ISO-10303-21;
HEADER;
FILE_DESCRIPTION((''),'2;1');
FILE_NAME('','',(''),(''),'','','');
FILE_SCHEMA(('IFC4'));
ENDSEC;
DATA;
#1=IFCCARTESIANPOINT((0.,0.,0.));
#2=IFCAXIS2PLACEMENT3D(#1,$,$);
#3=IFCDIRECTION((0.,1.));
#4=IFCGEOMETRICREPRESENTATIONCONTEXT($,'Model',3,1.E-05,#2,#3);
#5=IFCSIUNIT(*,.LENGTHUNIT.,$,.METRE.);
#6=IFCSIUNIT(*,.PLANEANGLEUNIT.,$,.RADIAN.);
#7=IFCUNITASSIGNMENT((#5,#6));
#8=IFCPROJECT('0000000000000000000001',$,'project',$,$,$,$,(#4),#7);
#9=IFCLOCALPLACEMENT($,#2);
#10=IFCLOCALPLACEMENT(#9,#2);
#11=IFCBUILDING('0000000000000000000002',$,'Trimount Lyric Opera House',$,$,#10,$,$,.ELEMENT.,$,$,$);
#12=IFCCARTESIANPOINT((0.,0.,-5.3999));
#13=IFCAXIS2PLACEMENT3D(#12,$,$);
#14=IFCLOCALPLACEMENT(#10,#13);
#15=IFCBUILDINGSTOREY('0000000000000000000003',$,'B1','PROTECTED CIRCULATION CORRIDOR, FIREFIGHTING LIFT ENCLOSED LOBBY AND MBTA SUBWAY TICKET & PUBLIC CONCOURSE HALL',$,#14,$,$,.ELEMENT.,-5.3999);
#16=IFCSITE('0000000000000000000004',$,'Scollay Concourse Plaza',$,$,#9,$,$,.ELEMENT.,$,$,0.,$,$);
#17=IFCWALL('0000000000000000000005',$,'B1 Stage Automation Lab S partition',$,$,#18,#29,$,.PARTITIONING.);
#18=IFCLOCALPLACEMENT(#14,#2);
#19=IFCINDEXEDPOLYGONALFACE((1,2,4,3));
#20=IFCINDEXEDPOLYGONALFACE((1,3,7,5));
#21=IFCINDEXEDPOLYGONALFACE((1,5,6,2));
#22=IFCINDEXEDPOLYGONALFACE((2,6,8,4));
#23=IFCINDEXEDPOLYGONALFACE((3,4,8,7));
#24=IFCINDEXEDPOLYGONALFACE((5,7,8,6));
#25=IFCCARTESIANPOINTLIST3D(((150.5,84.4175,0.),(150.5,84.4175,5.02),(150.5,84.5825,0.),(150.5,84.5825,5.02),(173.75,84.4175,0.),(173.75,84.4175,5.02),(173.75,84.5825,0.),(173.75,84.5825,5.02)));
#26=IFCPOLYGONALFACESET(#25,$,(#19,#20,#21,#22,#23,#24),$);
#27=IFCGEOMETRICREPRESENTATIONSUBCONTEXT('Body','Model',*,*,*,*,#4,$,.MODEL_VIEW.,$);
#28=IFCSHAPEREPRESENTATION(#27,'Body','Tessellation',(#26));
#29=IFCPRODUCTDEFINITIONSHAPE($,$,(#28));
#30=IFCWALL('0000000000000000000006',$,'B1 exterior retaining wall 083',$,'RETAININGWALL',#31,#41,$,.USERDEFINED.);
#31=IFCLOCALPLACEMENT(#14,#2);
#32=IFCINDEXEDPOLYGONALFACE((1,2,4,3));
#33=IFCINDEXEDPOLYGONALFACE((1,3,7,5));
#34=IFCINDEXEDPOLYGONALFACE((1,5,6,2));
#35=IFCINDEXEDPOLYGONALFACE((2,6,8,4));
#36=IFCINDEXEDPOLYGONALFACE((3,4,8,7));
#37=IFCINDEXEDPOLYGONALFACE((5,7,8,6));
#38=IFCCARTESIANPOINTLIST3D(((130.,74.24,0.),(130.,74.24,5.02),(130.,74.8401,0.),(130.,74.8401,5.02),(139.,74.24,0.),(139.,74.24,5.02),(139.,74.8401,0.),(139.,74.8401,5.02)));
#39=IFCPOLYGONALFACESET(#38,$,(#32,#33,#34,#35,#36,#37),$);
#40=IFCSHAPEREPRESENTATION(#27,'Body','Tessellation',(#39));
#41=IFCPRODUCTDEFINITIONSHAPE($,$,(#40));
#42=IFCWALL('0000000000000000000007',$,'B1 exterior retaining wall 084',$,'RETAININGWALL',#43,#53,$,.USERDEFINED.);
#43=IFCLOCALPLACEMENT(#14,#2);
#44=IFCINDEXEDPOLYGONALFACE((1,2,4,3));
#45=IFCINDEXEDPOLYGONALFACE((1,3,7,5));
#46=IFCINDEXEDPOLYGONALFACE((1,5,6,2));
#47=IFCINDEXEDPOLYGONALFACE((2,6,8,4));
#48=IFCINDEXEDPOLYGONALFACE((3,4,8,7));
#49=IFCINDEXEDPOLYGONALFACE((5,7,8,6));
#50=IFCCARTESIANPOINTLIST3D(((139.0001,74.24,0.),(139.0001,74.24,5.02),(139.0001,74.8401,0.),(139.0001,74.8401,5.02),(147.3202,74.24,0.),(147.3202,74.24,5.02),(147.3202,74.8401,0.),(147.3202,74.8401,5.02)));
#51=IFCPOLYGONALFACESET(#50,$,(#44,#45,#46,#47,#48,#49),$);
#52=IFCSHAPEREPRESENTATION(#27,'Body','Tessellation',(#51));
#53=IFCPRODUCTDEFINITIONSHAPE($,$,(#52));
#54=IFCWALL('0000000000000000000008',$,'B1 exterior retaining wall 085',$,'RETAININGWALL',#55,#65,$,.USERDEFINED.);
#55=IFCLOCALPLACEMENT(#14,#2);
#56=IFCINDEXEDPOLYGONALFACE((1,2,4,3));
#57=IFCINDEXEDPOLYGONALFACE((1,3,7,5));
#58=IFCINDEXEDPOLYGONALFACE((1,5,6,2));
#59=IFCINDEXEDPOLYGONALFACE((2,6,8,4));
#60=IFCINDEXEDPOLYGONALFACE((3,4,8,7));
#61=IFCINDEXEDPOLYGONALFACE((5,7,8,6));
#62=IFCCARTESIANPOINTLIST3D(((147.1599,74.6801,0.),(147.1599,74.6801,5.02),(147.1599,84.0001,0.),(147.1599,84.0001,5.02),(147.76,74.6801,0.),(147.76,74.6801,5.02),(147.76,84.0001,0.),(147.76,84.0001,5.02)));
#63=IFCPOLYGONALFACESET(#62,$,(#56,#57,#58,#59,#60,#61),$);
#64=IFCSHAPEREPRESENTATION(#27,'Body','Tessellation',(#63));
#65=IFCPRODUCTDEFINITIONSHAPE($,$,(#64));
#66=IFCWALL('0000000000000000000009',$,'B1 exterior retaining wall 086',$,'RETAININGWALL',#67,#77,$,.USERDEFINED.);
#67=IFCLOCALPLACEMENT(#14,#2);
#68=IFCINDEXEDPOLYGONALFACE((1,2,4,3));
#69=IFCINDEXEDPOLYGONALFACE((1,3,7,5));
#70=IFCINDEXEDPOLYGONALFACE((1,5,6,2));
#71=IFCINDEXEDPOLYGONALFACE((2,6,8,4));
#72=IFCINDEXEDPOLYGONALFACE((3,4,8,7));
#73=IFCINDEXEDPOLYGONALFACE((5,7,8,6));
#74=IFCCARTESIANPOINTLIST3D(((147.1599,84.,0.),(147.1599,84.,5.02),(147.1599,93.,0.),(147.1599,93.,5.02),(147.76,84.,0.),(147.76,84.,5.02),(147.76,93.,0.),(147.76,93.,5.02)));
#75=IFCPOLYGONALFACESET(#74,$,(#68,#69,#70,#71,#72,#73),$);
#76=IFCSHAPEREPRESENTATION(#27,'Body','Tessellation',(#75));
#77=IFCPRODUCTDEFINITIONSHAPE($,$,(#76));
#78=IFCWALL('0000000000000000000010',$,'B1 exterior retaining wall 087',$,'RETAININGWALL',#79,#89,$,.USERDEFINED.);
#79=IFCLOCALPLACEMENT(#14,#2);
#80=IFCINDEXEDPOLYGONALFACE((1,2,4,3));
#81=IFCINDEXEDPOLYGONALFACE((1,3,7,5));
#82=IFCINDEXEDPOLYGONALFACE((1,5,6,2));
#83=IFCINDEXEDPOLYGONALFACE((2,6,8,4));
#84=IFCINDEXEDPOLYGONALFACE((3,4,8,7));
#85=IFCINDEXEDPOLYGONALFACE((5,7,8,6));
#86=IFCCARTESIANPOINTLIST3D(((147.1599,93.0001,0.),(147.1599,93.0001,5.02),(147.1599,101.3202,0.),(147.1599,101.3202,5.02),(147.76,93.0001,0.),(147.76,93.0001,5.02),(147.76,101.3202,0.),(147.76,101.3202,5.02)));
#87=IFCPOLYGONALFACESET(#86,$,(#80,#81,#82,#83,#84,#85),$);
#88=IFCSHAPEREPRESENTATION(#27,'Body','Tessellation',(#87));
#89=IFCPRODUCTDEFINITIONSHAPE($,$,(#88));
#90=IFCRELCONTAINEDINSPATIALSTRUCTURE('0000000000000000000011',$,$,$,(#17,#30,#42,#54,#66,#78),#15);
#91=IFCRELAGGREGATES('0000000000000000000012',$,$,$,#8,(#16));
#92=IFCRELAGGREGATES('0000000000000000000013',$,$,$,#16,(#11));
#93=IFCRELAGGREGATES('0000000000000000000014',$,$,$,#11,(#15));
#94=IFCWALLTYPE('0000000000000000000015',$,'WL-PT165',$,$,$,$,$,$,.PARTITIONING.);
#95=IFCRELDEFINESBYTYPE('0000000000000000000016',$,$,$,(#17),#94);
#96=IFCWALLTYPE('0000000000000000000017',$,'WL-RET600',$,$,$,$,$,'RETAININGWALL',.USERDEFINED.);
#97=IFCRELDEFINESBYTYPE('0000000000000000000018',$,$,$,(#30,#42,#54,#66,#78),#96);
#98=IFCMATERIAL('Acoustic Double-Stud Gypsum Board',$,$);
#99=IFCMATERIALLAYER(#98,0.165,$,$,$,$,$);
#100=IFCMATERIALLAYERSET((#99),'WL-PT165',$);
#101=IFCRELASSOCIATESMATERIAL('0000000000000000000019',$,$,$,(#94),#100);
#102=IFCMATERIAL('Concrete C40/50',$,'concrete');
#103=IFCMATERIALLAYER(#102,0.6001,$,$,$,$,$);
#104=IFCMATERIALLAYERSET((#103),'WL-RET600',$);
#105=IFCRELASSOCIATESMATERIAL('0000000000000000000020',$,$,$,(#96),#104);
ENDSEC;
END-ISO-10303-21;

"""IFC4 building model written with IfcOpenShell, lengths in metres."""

from ifc_helpers import new_model, si_unit, direction, frame, frame_2d, origin, place, context, subcontext, project, spatial, rectangle, extrude, material, layer, layer_set, type_object, element, save


model = new_model("IFC4")

# Units and contexts
model_context = context("Model", 3, precision=1e-05, world=origin(), true_north=direction((0.0, 1.0)))
body_context = subcontext(model_context, "Body", "Model", "MODEL_VIEW")
ifc_project = project(units=[si_unit("LENGTHUNIT", "METRE"), si_unit("PLANEANGLEUNIT", "RADIAN")], contexts=[model_context])

# Site, building, storey
site_placement = place(None, origin())
site = spatial("IfcSite", under=ifc_project, at=site_placement, Name="Scollay Concourse Plaza", CompositionType="ELEMENT", RefElevation=0.0)
building_placement = place(site_placement, origin())
building = spatial("IfcBuilding", under=site, at=building_placement, Name="Trimount Lyric Opera House", CompositionType="ELEMENT")
storey_placement = place(building_placement, frame((0.0, 0.0, -5.3999)))
storey = spatial("IfcBuildingStorey", under=building, at=storey_placement, Name="B1", Description="PROTECTED CIRCULATION CORRIDOR, FIREFIGHTING LIFT ENCLOSED LOBBY AND MBTA SUBWAY TICKET & PUBLIC CONCOURSE HALL", CompositionType="ELEMENT", Elevation=-5.3999)

# Walls
ifc_material_1 = material(Name="Acoustic Double-Stud Gypsum Board")
ifc_layer_1 = layer(ifc_material_1, 0.165)
ifc_layer_set_1 = layer_set([ifc_layer_1], Name="WL-PT165")
wall_type_1 = type_object("IfcWallType", Name="WL-PT165", PredefinedType="PARTITIONING", material=ifc_layer_set_1)
wall_1_placement = place(storey_placement, frame((150.5, 84.5, 0.0), z_axis=(0.0, 0.0, 1.0), x_axis=(1.0, 0.0, 0.0)))
element("IfcWall", 1, at=wall_1_placement, inside=storey, type_object=wall_type_1, Name="B1 Stage Automation Lab S partition", PredefinedType="PARTITIONING", context=body_context, shape_type="SweptSolid", body=[
    extrude(rectangle(XDim=23.25, YDim=0.165, at=frame_2d((11.625, 0.0))), origin(), (0.0, 0.0, 1.0), 5.02),
])
ifc_material_2 = material(Name="Concrete C40/50", Category="concrete")
ifc_layer_2 = layer(ifc_material_2, 0.6001)
ifc_layer_set_2 = layer_set([ifc_layer_2], Name="WL-RET600")
wall_type_2 = type_object("IfcWallType", Name="WL-RET600", ElementType="RETAININGWALL", PredefinedType="USERDEFINED", material=ifc_layer_set_2)
wall_2_placement = place(storey_placement, frame((130.0, 74.54, 0.0), z_axis=(0.0, 0.0, 1.0), x_axis=(1.0, 0.0, 0.0)))
element("IfcWall", 2, at=wall_2_placement, inside=storey, type_object=wall_type_2, Name="B1 exterior retaining wall 083", ObjectType="RETAININGWALL", PredefinedType="USERDEFINED", context=body_context, shape_type="SweptSolid", body=[
    extrude(rectangle(XDim=9.0, YDim=0.6001, at=frame_2d((4.5, 0.0))), origin(), (0.0, 0.0, 1.0), 5.02),
])
wall_3_placement = place(storey_placement, frame((139.0, 74.54, 0.0), z_axis=(0.0, 0.0, 1.0), x_axis=(1.0, 0.0, 0.0)))
element("IfcWall", 3, at=wall_3_placement, inside=storey, type_object=wall_type_2, Name="B1 exterior retaining wall 084", ObjectType="RETAININGWALL", PredefinedType="USERDEFINED", context=body_context, shape_type="SweptSolid", body=[
    extrude(rectangle(XDim=8.3201, YDim=0.6001, at=frame_2d((4.1602, 0.0))), origin(), (0.0, 0.0, 1.0), 5.02),
])
wall_4_placement = place(storey_placement, frame((147.46, 74.6799, 0.0), z_axis=(0.0, 0.0, 1.0), x_axis=(0.0, 1.0, 0.0)))
element("IfcWall", 4, at=wall_4_placement, inside=storey, type_object=wall_type_2, Name="B1 exterior retaining wall 085", ObjectType="RETAININGWALL", PredefinedType="USERDEFINED", context=body_context, shape_type="SweptSolid", body=[
    extrude(rectangle(XDim=9.3201, YDim=0.6001, at=frame_2d((4.6602, 0.0))), origin(), (0.0, 0.0, 1.0), 5.02),
])
wall_5_placement = place(storey_placement, frame((147.46, 84.0, 0.0), z_axis=(0.0, 0.0, 1.0), x_axis=(0.0, 1.0, 0.0)))
element("IfcWall", 5, at=wall_5_placement, inside=storey, type_object=wall_type_2, Name="B1 exterior retaining wall 086", ObjectType="RETAININGWALL", PredefinedType="USERDEFINED", context=body_context, shape_type="SweptSolid", body=[
    extrude(rectangle(XDim=9.0, YDim=0.6001, at=frame_2d((4.5, 0.0))), origin(), (0.0, 0.0, 1.0), 5.02),
])
wall_6_placement = place(storey_placement, frame((147.46, 93.0, 0.0), z_axis=(0.0, 0.0, 1.0), x_axis=(0.0, 1.0, 0.0)))
element("IfcWall", 6, at=wall_6_placement, inside=storey, type_object=wall_type_2, Name="B1 exterior retaining wall 087", ObjectType="RETAININGWALL", PredefinedType="USERDEFINED", context=body_context, shape_type="SweptSolid", body=[
    extrude(rectangle(XDim=8.3201, YDim=0.6001, at=frame_2d((4.1602, 0.0))), origin(), (0.0, 0.0, 1.0), 5.02),
])

save(model, "model.ifc")
